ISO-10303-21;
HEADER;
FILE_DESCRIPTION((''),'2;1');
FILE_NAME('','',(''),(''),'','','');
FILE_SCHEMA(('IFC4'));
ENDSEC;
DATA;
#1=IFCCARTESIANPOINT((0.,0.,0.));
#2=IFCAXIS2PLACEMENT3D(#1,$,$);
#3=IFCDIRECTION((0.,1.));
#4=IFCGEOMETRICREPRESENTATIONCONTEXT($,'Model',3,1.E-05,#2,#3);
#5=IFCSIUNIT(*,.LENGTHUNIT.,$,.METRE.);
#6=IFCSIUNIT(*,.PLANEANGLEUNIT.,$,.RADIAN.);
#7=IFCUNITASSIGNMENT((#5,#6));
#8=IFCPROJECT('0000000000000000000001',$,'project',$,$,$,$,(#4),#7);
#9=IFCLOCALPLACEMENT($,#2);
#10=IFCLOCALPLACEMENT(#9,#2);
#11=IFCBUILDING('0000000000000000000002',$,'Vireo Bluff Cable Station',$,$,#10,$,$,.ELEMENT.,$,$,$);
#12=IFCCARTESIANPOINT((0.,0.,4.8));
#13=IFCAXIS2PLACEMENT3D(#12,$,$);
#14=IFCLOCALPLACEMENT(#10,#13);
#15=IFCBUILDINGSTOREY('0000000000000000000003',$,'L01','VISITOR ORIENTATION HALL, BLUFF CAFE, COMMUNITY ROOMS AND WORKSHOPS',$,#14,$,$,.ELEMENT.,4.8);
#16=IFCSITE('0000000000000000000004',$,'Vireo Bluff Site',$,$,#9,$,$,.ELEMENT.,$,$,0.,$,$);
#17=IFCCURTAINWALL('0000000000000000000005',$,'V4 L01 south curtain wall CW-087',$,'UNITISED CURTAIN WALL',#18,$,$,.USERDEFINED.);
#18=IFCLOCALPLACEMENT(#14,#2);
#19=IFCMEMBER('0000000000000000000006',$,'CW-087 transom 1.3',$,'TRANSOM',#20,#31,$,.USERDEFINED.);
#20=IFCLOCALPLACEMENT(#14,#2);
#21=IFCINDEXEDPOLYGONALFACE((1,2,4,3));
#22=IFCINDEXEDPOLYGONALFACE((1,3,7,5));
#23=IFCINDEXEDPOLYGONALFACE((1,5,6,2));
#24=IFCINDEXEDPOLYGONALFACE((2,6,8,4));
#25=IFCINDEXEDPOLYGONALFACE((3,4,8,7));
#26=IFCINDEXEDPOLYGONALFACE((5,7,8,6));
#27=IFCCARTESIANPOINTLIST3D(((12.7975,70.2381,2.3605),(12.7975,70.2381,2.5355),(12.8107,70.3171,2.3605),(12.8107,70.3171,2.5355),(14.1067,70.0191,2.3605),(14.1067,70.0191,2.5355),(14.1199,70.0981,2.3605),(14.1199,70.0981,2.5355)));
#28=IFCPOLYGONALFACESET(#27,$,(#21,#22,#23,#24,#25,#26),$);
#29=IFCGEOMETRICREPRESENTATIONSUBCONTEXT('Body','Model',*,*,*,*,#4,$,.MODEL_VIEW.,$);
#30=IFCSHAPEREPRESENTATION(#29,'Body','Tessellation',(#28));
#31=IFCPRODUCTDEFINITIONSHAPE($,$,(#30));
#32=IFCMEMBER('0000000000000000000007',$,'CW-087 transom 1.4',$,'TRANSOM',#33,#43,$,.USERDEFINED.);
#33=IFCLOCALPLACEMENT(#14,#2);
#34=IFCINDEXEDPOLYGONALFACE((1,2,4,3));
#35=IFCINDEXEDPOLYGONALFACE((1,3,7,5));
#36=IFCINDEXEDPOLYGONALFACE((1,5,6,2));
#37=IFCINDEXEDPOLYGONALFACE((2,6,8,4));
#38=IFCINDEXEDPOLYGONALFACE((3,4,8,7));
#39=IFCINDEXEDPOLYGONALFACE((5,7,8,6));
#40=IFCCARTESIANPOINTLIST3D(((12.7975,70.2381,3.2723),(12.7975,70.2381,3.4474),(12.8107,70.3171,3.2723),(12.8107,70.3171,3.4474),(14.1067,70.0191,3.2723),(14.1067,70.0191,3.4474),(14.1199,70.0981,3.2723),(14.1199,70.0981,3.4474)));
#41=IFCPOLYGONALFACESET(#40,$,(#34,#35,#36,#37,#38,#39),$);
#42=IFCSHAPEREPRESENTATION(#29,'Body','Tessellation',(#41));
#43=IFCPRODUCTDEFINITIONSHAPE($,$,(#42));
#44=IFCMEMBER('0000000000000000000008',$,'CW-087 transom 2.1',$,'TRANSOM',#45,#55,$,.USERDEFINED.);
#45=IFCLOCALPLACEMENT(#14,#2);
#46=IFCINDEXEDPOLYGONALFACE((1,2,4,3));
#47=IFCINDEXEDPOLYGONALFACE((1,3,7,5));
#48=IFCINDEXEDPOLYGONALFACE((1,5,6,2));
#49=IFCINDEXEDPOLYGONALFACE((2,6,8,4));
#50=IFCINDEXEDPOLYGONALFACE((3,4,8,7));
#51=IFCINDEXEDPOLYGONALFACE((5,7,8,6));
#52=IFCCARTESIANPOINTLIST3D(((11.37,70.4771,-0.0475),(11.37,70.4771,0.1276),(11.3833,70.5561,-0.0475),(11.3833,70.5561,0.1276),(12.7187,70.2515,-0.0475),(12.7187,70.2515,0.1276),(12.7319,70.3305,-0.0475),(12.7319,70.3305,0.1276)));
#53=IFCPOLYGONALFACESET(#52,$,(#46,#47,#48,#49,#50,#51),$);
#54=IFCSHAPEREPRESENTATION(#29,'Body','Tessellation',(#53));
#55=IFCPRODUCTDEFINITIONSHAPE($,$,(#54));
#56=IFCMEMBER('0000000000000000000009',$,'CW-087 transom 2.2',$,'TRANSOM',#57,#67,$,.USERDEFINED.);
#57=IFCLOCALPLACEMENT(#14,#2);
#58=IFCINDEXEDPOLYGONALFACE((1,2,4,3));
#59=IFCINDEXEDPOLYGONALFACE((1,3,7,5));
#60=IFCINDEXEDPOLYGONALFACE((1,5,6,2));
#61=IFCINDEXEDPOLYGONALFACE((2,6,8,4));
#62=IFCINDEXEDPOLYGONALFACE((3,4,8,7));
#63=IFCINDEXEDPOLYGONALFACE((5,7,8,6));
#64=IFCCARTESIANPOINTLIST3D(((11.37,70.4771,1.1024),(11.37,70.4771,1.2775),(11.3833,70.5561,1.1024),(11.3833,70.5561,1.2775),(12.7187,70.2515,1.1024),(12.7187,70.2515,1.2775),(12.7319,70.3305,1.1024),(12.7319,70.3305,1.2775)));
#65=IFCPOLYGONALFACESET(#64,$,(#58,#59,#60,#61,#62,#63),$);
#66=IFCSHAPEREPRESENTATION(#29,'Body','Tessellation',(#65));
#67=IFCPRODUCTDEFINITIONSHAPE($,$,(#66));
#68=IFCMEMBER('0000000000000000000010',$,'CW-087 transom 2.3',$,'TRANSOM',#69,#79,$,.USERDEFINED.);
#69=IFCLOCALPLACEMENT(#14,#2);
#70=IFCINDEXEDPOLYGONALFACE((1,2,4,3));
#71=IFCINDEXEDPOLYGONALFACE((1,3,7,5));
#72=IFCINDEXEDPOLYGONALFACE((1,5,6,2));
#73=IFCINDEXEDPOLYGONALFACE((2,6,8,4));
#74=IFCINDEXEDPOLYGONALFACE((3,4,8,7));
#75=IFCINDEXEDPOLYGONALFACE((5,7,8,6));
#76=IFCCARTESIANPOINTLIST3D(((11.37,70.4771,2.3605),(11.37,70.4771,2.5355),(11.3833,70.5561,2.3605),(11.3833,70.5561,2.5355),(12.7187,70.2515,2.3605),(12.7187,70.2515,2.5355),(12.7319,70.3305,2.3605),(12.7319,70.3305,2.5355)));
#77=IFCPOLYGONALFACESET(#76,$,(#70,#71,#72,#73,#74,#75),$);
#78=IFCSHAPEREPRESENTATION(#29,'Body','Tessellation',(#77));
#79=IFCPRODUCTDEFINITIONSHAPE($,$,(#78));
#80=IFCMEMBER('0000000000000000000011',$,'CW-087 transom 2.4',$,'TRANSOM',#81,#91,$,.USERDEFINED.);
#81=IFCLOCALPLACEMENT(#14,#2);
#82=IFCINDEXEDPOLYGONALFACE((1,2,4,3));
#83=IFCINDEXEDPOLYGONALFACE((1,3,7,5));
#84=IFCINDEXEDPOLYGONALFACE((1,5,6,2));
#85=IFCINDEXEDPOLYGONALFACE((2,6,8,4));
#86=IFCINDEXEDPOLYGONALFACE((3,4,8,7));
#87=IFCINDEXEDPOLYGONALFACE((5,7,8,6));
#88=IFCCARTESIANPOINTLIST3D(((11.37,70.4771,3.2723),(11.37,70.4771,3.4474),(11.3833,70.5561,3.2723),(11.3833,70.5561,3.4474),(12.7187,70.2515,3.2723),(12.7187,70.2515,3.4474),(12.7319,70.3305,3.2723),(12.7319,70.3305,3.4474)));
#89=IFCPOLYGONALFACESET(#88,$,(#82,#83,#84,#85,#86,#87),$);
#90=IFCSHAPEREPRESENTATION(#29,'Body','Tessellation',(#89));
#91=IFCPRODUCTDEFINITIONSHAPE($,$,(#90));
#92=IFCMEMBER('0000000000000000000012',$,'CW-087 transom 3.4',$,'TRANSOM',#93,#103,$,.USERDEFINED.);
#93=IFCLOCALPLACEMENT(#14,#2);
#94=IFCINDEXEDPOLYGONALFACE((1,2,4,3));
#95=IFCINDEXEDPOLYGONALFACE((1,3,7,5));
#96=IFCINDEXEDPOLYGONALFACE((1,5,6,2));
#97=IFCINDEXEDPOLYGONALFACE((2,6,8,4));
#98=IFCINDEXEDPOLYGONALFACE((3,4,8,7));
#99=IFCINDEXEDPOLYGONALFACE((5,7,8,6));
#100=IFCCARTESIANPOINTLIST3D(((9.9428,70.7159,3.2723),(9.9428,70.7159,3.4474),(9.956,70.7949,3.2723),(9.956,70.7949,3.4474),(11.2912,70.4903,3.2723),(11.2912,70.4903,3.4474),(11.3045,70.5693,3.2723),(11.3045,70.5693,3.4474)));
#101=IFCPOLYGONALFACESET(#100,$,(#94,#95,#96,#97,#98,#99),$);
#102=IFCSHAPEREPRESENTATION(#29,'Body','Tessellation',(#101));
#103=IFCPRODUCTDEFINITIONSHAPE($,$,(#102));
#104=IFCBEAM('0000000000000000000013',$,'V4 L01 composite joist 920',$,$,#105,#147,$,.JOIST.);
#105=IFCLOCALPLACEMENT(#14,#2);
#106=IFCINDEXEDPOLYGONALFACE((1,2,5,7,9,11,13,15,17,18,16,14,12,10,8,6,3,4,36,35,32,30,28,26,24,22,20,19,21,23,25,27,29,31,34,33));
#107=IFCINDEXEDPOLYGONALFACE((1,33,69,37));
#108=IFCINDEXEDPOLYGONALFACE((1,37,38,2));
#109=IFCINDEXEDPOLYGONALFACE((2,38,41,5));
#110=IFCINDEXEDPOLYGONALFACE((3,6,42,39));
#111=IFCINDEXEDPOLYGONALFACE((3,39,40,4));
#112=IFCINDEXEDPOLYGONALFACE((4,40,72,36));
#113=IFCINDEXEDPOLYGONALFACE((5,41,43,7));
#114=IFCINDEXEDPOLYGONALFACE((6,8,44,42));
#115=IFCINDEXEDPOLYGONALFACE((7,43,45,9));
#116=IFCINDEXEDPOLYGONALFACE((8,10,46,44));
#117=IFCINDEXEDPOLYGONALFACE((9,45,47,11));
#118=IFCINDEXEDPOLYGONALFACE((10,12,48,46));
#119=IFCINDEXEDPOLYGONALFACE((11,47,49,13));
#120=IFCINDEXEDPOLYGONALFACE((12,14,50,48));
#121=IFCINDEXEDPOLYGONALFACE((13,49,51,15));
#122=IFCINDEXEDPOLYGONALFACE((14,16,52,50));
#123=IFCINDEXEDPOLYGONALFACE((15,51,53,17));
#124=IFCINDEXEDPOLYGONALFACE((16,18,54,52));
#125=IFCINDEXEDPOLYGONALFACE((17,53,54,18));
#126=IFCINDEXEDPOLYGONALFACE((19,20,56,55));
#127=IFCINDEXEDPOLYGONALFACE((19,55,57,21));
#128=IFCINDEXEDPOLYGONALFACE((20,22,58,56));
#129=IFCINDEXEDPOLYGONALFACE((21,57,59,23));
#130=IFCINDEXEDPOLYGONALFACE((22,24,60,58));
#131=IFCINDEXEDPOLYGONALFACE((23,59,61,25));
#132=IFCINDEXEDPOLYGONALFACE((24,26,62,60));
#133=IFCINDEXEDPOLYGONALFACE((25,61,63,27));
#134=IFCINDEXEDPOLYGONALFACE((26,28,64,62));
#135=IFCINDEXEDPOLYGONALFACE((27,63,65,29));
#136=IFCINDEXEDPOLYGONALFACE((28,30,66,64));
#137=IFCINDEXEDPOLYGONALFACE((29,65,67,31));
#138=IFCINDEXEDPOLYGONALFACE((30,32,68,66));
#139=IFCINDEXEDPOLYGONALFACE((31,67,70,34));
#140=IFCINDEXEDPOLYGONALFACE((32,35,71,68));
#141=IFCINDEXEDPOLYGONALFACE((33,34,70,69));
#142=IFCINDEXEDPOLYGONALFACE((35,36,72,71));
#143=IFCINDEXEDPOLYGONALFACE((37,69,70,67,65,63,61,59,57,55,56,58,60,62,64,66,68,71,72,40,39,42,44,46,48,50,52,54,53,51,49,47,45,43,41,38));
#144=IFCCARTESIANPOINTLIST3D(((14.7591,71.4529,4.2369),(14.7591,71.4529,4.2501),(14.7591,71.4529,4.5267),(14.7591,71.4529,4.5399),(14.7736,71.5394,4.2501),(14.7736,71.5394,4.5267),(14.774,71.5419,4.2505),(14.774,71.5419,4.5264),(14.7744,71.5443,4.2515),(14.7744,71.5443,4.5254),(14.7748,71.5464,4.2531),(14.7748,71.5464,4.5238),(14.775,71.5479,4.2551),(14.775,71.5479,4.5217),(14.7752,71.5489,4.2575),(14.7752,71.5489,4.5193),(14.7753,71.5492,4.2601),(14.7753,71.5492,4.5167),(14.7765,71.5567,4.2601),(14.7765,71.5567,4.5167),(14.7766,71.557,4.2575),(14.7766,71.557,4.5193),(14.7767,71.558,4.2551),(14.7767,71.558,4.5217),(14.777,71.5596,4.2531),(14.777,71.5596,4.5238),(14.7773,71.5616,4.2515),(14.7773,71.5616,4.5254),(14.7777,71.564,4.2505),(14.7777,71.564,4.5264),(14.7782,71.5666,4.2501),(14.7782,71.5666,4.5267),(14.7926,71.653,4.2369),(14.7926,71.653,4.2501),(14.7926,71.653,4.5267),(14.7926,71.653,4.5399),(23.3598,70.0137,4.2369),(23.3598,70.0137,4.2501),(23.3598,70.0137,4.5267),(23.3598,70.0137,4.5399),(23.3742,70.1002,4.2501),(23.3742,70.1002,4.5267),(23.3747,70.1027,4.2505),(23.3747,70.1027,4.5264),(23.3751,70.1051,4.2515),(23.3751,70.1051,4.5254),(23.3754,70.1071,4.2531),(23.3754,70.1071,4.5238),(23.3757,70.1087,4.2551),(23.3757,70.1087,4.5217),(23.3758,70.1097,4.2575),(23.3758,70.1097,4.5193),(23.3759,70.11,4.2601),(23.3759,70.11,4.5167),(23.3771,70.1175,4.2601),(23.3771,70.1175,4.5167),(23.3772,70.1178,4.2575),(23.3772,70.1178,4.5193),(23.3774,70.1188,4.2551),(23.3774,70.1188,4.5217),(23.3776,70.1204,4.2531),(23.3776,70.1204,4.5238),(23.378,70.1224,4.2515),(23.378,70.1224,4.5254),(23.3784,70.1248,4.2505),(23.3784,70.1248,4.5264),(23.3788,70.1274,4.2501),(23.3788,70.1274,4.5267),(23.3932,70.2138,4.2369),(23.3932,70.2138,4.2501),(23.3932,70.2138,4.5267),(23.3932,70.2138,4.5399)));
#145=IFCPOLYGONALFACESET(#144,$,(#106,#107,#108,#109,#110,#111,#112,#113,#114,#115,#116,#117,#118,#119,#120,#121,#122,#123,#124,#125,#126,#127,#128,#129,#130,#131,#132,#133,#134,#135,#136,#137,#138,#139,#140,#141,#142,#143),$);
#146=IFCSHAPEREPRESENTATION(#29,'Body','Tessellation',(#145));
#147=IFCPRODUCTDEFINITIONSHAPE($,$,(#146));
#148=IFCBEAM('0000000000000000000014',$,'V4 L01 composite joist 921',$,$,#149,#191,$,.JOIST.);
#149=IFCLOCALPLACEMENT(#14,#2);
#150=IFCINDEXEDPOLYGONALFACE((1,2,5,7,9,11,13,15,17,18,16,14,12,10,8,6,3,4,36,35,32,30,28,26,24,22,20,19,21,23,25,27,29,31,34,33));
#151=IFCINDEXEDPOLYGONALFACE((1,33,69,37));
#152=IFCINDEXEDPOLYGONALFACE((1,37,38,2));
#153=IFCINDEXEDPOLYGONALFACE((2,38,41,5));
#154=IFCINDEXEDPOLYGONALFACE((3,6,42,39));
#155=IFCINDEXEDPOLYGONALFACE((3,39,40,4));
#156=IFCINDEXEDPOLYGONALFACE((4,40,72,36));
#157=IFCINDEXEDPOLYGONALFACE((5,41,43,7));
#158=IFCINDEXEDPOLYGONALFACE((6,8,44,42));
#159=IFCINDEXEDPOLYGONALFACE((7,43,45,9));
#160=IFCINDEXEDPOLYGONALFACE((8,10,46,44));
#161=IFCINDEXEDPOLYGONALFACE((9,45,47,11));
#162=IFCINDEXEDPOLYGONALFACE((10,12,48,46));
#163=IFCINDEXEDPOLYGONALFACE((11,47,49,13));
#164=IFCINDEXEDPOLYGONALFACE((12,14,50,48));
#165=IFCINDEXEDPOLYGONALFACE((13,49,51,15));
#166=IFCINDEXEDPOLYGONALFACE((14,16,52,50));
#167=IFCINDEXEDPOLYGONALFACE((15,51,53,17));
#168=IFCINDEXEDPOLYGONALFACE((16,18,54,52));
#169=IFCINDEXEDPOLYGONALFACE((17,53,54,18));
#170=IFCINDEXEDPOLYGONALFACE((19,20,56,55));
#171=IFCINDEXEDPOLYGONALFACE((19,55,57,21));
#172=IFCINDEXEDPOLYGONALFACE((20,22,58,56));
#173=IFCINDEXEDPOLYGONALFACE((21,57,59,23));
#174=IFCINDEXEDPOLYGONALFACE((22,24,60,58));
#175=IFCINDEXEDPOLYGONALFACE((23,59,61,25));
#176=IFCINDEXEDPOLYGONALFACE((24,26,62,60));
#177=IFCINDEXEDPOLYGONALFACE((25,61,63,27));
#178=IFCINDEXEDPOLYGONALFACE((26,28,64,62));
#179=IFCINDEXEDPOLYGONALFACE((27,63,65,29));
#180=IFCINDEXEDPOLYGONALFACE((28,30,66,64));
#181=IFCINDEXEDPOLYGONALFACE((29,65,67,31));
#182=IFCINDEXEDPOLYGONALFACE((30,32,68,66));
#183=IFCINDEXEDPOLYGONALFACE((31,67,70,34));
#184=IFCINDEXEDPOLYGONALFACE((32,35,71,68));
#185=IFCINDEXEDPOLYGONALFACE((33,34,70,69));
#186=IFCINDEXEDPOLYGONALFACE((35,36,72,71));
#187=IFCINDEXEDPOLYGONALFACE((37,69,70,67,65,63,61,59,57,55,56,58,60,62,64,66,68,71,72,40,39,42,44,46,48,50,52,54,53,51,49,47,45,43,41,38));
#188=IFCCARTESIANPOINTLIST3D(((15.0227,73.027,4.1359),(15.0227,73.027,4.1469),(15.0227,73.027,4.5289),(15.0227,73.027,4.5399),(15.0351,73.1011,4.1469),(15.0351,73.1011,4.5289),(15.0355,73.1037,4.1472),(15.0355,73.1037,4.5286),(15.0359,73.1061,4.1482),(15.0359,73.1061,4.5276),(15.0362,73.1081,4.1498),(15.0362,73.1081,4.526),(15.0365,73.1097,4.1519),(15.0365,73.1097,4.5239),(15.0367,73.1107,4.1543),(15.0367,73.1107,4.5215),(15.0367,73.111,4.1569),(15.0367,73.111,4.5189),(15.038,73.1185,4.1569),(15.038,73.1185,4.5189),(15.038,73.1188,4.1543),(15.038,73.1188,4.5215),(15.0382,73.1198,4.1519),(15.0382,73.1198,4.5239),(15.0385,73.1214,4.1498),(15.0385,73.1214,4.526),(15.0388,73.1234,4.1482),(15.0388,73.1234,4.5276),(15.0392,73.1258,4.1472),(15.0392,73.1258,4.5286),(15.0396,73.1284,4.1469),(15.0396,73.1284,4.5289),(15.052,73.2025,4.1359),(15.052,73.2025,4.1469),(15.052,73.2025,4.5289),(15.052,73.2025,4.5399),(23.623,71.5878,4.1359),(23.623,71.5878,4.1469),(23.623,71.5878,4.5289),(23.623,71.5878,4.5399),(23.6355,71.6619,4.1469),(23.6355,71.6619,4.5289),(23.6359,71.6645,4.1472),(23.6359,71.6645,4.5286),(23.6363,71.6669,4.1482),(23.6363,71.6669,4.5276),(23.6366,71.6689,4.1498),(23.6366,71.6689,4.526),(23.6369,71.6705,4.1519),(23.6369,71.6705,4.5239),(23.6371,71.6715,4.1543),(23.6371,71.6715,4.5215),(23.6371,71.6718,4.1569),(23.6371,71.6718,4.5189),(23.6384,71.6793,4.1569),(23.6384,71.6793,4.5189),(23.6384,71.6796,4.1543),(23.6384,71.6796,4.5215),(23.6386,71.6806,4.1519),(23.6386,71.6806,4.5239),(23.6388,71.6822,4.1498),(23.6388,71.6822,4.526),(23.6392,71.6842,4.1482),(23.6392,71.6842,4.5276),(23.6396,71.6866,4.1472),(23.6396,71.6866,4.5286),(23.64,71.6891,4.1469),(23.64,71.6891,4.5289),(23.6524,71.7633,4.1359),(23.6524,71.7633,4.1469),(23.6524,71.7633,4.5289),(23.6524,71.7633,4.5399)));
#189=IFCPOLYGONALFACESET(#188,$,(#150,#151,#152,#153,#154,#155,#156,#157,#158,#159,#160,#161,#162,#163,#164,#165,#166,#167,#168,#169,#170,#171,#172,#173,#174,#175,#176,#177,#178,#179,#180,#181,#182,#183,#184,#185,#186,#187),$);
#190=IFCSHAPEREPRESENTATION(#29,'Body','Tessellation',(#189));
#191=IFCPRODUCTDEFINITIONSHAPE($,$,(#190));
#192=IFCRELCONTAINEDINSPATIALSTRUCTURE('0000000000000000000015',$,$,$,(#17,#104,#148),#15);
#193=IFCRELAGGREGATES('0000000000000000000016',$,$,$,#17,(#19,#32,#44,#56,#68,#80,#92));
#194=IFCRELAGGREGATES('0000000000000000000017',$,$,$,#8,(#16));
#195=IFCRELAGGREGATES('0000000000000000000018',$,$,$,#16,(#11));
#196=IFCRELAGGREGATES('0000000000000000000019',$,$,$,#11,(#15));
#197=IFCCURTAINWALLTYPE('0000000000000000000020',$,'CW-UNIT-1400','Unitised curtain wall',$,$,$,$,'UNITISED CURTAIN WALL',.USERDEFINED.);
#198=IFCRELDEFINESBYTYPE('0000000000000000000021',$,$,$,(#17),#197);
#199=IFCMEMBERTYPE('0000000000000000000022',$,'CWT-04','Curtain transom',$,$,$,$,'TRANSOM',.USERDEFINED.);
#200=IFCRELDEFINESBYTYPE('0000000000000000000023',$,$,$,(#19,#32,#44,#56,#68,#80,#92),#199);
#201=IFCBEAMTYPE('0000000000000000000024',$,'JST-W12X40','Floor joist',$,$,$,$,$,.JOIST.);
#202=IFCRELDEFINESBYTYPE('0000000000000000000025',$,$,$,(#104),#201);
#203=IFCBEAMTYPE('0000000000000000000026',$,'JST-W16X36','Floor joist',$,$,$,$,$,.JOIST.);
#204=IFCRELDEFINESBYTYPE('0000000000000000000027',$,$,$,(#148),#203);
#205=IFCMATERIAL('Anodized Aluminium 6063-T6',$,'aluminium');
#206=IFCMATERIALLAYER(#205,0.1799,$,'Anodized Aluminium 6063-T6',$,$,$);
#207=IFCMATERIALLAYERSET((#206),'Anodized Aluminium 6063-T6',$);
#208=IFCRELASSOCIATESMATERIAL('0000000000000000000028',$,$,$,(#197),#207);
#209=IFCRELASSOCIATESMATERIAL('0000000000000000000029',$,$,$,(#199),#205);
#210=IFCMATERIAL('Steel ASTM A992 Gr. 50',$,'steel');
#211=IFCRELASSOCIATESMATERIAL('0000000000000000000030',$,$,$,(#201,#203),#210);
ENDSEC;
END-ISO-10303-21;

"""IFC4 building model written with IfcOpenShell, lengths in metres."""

from ifc_helpers import new_model, si_unit, direction, frame, origin, origin_2d, place, context, subcontext, project, spatial, rectangle, i_section, extrude, material, layer, layer_set, material_profile, profile_set, type_object, element, aggregate, save


model = new_model("IFC4")

# Units and contexts
model_context = context("Model", 3, precision=1e-05, world=origin(), true_north=direction((0.0, 1.0)))
body_context = subcontext(model_context, "Body", "Model", "MODEL_VIEW")
ifc_project = project(units=[si_unit("LENGTHUNIT", "METRE"), si_unit("PLANEANGLEUNIT", "RADIAN")], contexts=[model_context])

# Site, building, storey
site_placement = place(None, origin())
site = spatial("IfcSite", under=ifc_project, at=site_placement, Name="Vireo Bluff Site", CompositionType="ELEMENT", RefElevation=0.0)
building_placement = place(site_placement, origin())
building = spatial("IfcBuilding", under=site, at=building_placement, Name="Vireo Bluff Cable Station", CompositionType="ELEMENT")
storey_placement = place(building_placement, frame((0.0, 0.0, 4.8)))
storey = spatial("IfcBuildingStorey", under=building, at=storey_placement, Name="L01", Description="VISITOR ORIENTATION HALL, BLUFF CAFE, COMMUNITY ROOMS AND WORKSHOPS", CompositionType="ELEMENT", Elevation=4.8)

# Shared definitions
ifc_material_1 = material(Name="Steel ASTM A992 Gr. 50", Category="steel")

# Shared definitions
ifc_material_2 = material(Name="Anodized Aluminium 6063-T6", Category="aluminium")

# Curtain wall, members
ifc_layer_1 = layer(ifc_material_2, 0.1799, Name="Anodized Aluminium 6063-T6")
ifc_layer_set_1 = layer_set([ifc_layer_1], Name="Anodized Aluminium 6063-T6")
curtain_wall_type_1 = type_object("IfcCurtainWallType", Name="CW-UNIT-1400", Description="Unitised curtain wall", ElementType="UNITISED CURTAIN WALL", PredefinedType="USERDEFINED", material=ifc_layer_set_1)
curtain_wall_1_placement = place(storey_placement, origin())
curtain_wall_1 = element("IfcCurtainWall", 1, at=curtain_wall_1_placement, inside=storey, type_object=curtain_wall_type_1, Name="V4 L01 south curtain wall CW-087", ObjectType="UNITISED CURTAIN WALL", PredefinedType="USERDEFINED")
ifc_material_profile_1 = material_profile(ifc_material_2, rectangle(XDim=0.0801, YDim=0.175, at=origin_2d()), Name="ALU-T-80X175")
ifc_profile_set_1 = profile_set([ifc_material_profile_1], Name="Anodized Aluminium 6063-T6")
member_type_1 = type_object("IfcMemberType", Name="CWT-04", Description="Curtain transom", ElementType="TRANSOM", PredefinedType="USERDEFINED", material=ifc_profile_set_1)
member_1_placement = place(storey_placement, frame((14.1133, 70.0586, 2.448), z_axis=(-0.986294, 0.164996, 0.0), x_axis=(-0.164996, -0.986294, 0.0)))
member_1 = element("IfcMember", 2, at=member_1_placement, type_object=member_type_1, Name="CW-087 transom 1.3", ObjectType="TRANSOM", PredefinedType="USERDEFINED", context=body_context, shape_type="SweptSolid", body=[
    extrude(rectangle(XDim=0.0801, YDim=0.175, at=origin_2d()), origin(), (0.0, 0.0, 1.0), 1.3274),
])
member_2_placement = place(storey_placement, frame((14.1133, 70.0586, 3.3599), z_axis=(-0.986294, 0.164996, 0.0), x_axis=(-0.164996, -0.986294, 0.0)))
member_2 = element("IfcMember", 3, at=member_2_placement, type_object=member_type_1, Name="CW-087 transom 1.4", ObjectType="TRANSOM", PredefinedType="USERDEFINED", context=body_context, shape_type="SweptSolid", body=[
    extrude(rectangle(XDim=0.0801, YDim=0.175, at=origin_2d()), origin(), (0.0, 0.0, 1.0), 1.3274),
])
member_3_placement = place(storey_placement, frame((12.7253, 70.291, 0.04), z_axis=(-0.986297, 0.164978, 0.0), x_axis=(-0.164978, -0.986297, 0.0)))
member_3 = element("IfcMember", 4, at=member_3_placement, type_object=member_type_1, Name="CW-087 transom 2.1", ObjectType="TRANSOM", PredefinedType="USERDEFINED", context=body_context, shape_type="SweptSolid", body=[
    extrude(rectangle(XDim=0.0801, YDim=0.175, at=origin_2d()), origin(), (0.0, 0.0, 1.0), 1.3674),
])
member_4_placement = place(storey_placement, frame((12.7253, 70.291, 1.1899), z_axis=(-0.986297, 0.164978, 0.0), x_axis=(-0.164978, -0.986297, 0.0)))
member_4 = element("IfcMember", 5, at=member_4_placement, type_object=member_type_1, Name="CW-087 transom 2.2", ObjectType="TRANSOM", PredefinedType="USERDEFINED", context=body_context, shape_type="SweptSolid", body=[
    extrude(rectangle(XDim=0.0801, YDim=0.175, at=origin_2d()), origin(), (0.0, 0.0, 1.0), 1.3674),
])
member_5_placement = place(storey_placement, frame((12.7253, 70.291, 2.448), z_axis=(-0.986297, 0.164978, 0.0), x_axis=(-0.164978, -0.986297, 0.0)))
member_5 = element("IfcMember", 6, at=member_5_placement, type_object=member_type_1, Name="CW-087 transom 2.3", ObjectType="TRANSOM", PredefinedType="USERDEFINED", context=body_context, shape_type="SweptSolid", body=[
    extrude(rectangle(XDim=0.0801, YDim=0.175, at=origin_2d()), origin(), (0.0, 0.0, 1.0), 1.3674),
])
member_6_placement = place(storey_placement, frame((12.7253, 70.291, 3.3599), z_axis=(-0.986297, 0.164978, 0.0), x_axis=(-0.164978, -0.986297, 0.0)))
member_6 = element("IfcMember", 7, at=member_6_placement, type_object=member_type_1, Name="CW-087 transom 2.4", ObjectType="TRANSOM", PredefinedType="USERDEFINED", context=body_context, shape_type="SweptSolid", body=[
    extrude(rectangle(XDim=0.0801, YDim=0.175, at=origin_2d()), origin(), (0.0, 0.0, 1.0), 1.3674),
])
member_7_placement = place(storey_placement, frame((11.2979, 70.5298, 3.3599), z_axis=(-0.986292, 0.165007, 0.0), x_axis=(-0.165007, -0.986292, 0.0)))
member_7 = element("IfcMember", 8, at=member_7_placement, type_object=member_type_1, Name="CW-087 transom 3.4", ObjectType="TRANSOM", PredefinedType="USERDEFINED", context=body_context, shape_type="SweptSolid", body=[
    extrude(rectangle(XDim=0.0801, YDim=0.175, at=origin_2d()), origin(), (0.0, 0.0, 1.0), 1.3672),
])

# Beams
ifc_material_profile_2 = material_profile(ifc_material_1, i_section(OverallWidth=0.2029, OverallDepth=0.303, WebThickness=0.0076, FlangeThickness=0.0132, FilletRadius=0.01, at=origin_2d()), Name="W12X40")
ifc_profile_set_2 = profile_set([ifc_material_profile_2], Name="Steel ASTM A992 Gr. 50")
beam_type_1 = type_object("IfcBeamType", Name="JST-W12X40", Description="Floor joist", PredefinedType="JOIST", material=ifc_profile_set_2)
beam_1_placement = place(storey_placement, frame((14.7759, 71.553, 4.3884), z_axis=(0.986286, -0.165044, 0.0), x_axis=(0.165044, 0.986286, 0.0)))
element("IfcBeam", 9, at=beam_1_placement, inside=storey, type_object=beam_type_1, Name="V4 L01 composite joist 920", PredefinedType="JOIST", context=body_context, shape_type="SweptSolid", body=[
    extrude(i_section(OverallWidth=0.2029, OverallDepth=0.303, WebThickness=0.0076, FlangeThickness=0.0132, FilletRadius=0.01, at=origin_2d()), origin(), (0.0, 0.0, 1.0), 8.7202),
])
ifc_material_profile_3 = material_profile(ifc_material_1, i_section(OverallWidth=0.178, OverallDepth=0.4041, WebThickness=0.0076, FlangeThickness=0.011, FilletRadius=0.01, at=origin_2d()), Name="W16X36")
ifc_profile_set_3 = profile_set([ifc_material_profile_3], Name="Steel ASTM A992 Gr. 50")
beam_type_2 = type_object("IfcBeamType", Name="JST-W16X36", Description="Floor joist", PredefinedType="JOIST", material=ifc_profile_set_3)
beam_2_placement = place(storey_placement, frame((15.0374, 73.1147, 4.3379), z_axis=(0.986286, -0.165048, 0.0), x_axis=(0.165048, 0.986286, 0.0)))
element("IfcBeam", 10, at=beam_2_placement, inside=storey, type_object=beam_type_2, Name="V4 L01 composite joist 921", PredefinedType="JOIST", context=body_context, shape_type="SweptSolid", body=[
    extrude(i_section(OverallWidth=0.178, OverallDepth=0.4041, WebThickness=0.0076, FlangeThickness=0.011, FilletRadius=0.01, at=origin_2d()), origin(), (0.0, 0.0, 1.0), 8.72),
])

aggregate(curtain_wall_1, [member_1, member_2, member_3, member_4, member_5, member_6, member_7])

save(model, "model.ifc")
